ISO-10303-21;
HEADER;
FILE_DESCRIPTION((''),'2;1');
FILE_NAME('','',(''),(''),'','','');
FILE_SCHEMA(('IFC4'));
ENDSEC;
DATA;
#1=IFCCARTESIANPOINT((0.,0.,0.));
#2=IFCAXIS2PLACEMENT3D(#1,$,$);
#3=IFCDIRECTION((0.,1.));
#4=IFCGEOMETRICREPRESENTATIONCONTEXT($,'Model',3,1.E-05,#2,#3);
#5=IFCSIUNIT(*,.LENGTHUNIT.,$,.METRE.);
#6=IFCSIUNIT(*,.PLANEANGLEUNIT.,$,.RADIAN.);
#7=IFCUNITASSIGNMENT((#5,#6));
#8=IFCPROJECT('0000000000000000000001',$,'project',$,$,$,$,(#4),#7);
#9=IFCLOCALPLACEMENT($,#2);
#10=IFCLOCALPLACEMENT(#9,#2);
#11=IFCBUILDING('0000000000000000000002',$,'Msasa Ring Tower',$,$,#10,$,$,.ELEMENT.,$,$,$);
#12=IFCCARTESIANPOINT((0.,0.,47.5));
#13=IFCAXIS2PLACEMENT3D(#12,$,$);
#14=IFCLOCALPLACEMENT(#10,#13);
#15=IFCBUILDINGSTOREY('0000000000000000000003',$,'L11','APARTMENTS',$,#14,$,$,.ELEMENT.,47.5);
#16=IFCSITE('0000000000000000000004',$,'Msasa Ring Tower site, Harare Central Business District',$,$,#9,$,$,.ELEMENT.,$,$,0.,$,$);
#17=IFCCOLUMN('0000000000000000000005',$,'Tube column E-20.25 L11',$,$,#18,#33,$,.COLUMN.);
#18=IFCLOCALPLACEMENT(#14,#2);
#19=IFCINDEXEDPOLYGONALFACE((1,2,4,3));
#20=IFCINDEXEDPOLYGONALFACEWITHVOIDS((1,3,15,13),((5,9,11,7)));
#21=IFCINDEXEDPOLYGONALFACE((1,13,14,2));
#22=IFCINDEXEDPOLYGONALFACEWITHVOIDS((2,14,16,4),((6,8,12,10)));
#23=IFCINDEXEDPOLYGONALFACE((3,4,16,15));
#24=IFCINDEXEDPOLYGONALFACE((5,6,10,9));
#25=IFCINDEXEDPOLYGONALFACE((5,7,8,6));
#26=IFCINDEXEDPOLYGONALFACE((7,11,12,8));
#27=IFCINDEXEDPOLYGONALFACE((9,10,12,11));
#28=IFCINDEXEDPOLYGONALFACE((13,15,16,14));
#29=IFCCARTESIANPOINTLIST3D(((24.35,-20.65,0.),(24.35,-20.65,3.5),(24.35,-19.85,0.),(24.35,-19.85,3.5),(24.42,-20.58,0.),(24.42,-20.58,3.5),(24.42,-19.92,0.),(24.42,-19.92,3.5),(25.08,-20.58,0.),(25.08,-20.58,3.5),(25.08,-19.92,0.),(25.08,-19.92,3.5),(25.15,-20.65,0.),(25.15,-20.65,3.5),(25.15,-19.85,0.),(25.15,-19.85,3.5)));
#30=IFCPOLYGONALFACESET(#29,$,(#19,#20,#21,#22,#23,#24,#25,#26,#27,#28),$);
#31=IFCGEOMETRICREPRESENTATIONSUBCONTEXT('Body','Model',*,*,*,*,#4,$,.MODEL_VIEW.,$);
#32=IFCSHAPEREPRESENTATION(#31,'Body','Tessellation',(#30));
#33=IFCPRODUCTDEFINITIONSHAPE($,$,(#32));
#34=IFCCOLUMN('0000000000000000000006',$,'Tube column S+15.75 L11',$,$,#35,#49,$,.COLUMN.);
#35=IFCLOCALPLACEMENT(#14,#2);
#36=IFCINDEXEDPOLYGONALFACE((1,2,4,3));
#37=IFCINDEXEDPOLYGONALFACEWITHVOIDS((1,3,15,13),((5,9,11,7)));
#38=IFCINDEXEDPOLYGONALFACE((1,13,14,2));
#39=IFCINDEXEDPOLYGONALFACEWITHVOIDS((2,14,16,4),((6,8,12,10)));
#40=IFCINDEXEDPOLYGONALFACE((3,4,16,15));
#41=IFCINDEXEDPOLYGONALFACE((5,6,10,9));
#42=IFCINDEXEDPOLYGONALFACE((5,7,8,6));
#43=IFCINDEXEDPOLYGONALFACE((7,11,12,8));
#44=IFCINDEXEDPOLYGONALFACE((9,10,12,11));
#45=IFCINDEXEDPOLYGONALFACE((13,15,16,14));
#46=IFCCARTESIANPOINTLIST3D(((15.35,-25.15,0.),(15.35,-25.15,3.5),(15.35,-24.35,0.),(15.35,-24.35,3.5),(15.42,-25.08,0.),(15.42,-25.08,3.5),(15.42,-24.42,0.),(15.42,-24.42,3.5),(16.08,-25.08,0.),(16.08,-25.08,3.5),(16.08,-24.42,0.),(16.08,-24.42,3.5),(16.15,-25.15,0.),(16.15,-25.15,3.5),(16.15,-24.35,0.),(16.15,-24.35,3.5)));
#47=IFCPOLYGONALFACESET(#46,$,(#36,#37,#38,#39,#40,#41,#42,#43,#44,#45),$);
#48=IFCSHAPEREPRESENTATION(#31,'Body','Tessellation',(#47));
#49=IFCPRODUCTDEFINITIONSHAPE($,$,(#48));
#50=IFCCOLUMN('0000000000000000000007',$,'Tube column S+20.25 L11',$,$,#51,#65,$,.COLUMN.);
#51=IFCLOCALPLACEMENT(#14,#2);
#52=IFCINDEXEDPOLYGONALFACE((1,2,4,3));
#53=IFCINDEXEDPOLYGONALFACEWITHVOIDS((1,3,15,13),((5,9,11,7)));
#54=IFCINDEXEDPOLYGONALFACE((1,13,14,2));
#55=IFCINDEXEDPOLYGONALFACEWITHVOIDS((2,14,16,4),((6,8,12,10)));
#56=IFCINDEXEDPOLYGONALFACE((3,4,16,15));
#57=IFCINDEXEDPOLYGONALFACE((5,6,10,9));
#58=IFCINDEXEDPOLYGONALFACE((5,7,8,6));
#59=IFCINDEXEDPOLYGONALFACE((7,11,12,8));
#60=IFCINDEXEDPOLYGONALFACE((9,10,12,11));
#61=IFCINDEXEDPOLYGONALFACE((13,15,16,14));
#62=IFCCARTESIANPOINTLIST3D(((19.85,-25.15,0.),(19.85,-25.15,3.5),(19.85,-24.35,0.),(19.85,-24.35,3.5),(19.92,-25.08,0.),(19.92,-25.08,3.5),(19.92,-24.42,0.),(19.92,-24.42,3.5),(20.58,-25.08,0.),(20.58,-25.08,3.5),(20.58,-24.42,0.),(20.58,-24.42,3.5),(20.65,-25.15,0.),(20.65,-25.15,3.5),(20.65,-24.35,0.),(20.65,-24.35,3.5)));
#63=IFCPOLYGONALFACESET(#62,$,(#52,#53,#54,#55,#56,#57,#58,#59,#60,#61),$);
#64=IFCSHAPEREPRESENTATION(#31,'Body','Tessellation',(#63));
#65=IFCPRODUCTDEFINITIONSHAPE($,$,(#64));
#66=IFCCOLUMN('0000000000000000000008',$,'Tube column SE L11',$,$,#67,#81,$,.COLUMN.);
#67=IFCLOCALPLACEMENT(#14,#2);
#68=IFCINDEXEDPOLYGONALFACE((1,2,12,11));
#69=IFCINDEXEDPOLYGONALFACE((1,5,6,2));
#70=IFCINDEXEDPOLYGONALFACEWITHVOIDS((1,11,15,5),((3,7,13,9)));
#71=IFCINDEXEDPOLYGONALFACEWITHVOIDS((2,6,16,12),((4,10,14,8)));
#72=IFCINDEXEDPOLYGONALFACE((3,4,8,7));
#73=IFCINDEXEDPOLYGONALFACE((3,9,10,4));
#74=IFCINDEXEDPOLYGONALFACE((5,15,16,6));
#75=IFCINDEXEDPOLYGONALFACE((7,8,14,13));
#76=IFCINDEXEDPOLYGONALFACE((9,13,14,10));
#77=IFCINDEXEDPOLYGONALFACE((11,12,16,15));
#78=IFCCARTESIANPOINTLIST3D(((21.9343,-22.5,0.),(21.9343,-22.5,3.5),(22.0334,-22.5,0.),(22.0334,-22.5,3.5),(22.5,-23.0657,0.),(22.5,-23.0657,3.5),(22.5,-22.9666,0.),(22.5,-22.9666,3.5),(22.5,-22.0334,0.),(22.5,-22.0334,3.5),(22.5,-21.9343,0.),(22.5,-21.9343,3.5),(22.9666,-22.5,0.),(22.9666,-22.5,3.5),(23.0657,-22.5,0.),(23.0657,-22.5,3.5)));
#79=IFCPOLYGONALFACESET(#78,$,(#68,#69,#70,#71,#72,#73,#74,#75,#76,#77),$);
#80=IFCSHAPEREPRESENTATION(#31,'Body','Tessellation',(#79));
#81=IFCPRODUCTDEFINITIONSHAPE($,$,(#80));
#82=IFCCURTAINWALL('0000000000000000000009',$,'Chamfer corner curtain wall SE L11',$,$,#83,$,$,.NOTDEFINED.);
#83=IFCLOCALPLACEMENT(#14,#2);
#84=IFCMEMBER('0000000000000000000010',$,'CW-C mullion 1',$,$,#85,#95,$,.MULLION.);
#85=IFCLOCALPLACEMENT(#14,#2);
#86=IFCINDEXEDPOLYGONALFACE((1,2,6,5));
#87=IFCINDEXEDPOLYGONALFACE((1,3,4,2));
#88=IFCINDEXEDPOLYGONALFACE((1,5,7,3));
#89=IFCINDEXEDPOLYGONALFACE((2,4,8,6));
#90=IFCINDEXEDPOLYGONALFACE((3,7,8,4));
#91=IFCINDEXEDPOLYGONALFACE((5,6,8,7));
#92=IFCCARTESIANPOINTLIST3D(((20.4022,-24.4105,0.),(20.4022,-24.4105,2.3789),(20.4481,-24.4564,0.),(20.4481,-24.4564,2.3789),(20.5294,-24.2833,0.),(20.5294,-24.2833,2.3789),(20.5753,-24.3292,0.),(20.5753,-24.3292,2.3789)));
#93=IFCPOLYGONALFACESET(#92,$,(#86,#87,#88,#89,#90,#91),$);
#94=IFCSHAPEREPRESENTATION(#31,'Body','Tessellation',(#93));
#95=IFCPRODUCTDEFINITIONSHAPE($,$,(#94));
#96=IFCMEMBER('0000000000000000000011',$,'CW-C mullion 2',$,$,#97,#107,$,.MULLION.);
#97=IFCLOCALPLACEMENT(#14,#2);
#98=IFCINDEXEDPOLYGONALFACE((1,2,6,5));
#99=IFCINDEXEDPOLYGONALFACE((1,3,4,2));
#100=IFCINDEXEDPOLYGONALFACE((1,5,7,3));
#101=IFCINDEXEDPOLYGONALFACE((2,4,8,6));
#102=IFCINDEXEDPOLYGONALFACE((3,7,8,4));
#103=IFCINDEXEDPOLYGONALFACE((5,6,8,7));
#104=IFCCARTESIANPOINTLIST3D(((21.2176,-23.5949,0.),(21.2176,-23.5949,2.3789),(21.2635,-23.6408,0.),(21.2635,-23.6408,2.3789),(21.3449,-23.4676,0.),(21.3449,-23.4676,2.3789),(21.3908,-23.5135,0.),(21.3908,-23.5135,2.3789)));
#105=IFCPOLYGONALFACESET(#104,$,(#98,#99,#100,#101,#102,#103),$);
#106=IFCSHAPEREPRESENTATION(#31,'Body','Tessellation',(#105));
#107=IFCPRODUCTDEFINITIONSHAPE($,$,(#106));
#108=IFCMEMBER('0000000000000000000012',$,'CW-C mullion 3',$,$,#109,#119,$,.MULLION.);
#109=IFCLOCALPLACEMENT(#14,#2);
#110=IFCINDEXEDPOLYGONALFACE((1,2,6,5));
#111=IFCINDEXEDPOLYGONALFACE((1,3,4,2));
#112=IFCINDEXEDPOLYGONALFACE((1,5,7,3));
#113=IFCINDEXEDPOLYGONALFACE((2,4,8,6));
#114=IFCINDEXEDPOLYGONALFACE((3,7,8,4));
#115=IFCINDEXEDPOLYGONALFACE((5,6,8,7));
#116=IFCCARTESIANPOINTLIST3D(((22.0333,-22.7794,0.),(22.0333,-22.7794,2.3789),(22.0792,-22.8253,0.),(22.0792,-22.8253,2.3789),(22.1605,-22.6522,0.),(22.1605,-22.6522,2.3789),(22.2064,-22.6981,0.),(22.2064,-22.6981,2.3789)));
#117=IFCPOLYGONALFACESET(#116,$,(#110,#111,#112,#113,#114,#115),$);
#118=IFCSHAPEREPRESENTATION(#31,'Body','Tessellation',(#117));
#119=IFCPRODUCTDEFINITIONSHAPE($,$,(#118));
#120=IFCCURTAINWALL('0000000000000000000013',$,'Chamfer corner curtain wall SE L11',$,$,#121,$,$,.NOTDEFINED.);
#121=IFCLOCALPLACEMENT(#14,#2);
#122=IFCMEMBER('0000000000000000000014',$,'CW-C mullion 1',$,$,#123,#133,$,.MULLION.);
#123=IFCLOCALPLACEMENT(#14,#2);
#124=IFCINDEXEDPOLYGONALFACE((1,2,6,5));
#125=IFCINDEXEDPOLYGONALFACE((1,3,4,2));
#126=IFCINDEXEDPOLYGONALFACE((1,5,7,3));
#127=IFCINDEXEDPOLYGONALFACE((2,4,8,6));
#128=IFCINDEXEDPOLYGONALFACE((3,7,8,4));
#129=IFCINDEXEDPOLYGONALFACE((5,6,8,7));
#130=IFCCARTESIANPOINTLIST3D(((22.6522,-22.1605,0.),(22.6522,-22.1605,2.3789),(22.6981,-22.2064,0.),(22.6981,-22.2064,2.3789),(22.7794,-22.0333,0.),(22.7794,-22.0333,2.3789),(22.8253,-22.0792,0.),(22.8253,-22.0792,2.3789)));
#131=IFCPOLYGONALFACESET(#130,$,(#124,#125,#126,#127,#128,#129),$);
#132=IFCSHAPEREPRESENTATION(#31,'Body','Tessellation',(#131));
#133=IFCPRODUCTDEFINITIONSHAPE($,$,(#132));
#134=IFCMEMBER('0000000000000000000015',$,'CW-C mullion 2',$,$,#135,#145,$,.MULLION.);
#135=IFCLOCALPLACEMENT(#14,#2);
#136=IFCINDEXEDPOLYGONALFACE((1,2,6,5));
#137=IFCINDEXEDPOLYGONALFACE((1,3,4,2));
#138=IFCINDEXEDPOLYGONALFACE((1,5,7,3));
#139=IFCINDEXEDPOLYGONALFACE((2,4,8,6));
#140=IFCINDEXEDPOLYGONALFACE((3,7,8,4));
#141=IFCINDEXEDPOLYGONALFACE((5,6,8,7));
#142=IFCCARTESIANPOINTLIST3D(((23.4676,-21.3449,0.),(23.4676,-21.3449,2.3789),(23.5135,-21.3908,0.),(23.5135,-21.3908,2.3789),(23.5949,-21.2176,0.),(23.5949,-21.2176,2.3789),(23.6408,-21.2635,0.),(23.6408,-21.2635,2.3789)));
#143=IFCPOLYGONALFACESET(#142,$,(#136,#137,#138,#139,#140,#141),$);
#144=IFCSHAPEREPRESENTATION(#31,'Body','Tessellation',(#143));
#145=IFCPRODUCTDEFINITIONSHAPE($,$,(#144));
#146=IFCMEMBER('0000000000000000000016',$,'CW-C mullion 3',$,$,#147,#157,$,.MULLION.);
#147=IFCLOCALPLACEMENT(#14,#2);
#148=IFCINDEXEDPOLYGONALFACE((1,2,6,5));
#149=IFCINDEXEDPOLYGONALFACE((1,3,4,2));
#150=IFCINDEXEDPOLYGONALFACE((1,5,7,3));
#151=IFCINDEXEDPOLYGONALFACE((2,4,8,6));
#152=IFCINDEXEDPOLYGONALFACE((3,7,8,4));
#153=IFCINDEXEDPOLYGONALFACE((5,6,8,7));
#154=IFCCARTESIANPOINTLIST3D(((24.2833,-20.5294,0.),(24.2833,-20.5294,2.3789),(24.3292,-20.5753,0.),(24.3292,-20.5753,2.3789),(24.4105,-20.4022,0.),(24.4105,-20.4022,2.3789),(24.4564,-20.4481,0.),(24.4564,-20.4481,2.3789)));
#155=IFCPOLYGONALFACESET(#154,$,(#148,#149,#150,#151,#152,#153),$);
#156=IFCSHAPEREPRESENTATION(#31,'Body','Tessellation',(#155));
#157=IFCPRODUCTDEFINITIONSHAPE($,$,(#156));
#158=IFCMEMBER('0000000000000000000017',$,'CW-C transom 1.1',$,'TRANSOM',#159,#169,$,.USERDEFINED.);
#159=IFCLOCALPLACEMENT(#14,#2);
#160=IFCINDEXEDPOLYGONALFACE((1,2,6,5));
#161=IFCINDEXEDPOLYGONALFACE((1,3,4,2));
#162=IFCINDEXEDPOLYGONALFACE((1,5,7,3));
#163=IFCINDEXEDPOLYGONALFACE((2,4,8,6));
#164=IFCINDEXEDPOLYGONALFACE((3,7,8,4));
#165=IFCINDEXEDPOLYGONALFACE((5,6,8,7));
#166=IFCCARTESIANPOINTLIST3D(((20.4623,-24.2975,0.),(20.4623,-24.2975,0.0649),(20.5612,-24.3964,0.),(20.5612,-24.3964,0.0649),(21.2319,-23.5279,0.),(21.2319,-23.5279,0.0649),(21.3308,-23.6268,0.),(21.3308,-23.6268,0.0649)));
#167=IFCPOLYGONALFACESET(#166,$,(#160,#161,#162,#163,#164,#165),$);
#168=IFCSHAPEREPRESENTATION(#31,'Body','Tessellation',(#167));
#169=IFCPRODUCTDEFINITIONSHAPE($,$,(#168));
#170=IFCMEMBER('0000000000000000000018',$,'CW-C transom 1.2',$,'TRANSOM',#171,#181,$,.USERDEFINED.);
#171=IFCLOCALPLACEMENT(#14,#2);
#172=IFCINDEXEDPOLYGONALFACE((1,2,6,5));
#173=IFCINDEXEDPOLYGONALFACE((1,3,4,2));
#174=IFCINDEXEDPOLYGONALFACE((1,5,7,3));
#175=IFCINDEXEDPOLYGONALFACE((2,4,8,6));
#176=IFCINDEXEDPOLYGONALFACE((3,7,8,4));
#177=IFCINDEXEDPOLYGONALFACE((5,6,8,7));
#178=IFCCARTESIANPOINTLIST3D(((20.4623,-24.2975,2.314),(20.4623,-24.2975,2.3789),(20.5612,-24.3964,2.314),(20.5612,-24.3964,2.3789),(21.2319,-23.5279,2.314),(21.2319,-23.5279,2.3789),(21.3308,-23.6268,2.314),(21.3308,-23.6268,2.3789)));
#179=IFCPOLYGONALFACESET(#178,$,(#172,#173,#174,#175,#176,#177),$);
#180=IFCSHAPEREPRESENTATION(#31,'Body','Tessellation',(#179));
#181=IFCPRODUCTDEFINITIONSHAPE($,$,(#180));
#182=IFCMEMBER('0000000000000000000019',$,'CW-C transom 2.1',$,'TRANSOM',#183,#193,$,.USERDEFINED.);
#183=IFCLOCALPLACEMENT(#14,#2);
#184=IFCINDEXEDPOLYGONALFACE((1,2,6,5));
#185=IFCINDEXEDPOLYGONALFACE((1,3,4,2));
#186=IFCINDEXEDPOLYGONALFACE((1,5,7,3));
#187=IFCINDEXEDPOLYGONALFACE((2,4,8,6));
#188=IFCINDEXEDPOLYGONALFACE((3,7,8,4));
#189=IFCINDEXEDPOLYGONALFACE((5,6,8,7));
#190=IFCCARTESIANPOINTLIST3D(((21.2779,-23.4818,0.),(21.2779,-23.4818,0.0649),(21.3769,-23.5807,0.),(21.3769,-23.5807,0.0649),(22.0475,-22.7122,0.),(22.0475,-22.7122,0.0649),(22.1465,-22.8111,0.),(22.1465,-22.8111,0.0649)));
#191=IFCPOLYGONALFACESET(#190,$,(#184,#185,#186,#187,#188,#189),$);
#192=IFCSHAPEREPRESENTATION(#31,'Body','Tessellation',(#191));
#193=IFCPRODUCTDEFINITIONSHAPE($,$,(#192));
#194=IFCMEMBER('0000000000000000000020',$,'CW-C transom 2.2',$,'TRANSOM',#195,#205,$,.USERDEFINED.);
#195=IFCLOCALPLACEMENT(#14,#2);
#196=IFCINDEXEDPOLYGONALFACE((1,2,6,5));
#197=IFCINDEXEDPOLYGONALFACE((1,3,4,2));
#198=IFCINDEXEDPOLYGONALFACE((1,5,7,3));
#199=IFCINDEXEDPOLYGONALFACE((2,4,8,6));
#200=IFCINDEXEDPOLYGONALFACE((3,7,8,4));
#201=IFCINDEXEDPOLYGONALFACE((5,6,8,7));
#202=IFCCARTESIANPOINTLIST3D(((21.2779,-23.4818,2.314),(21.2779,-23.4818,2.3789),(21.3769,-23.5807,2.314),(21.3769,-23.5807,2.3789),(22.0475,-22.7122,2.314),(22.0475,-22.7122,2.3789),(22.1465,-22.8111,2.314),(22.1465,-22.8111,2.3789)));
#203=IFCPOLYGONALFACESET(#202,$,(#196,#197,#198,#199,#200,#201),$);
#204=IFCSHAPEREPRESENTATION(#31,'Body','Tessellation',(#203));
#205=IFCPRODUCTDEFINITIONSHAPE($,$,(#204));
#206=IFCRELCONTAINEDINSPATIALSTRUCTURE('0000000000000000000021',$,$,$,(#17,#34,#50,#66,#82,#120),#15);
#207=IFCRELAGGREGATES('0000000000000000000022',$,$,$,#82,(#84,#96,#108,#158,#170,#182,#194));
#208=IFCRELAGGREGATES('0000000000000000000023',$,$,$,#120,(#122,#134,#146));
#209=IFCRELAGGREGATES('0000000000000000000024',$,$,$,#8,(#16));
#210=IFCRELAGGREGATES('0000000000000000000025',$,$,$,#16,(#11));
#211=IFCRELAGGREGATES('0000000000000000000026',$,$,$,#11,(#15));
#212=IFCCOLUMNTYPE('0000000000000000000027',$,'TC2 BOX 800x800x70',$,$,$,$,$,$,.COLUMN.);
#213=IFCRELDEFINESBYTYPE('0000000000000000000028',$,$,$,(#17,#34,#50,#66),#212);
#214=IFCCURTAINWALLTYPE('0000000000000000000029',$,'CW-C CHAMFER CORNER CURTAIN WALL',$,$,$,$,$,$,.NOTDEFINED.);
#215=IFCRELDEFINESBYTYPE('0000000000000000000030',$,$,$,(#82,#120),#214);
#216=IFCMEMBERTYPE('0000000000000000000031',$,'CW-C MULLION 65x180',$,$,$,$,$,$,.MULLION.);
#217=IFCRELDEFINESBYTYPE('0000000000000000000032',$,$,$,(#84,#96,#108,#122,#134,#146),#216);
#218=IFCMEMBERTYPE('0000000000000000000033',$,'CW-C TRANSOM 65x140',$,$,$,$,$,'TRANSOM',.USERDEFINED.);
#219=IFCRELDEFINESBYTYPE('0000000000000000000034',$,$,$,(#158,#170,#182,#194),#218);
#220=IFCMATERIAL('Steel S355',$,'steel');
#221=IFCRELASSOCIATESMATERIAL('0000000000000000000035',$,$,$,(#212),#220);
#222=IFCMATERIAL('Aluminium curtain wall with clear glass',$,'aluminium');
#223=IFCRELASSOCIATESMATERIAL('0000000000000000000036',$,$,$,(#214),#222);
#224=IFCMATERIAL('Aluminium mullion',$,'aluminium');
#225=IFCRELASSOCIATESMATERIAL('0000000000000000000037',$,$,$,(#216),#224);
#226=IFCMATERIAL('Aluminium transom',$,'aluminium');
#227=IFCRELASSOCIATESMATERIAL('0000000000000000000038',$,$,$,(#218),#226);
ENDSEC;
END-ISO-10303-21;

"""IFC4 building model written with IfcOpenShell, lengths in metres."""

from ifc_helpers import new_model, si_unit, direction, frame, origin, origin_2d, place, context, subcontext, project, spatial, rectangle, hollow_rectangle, extrude, material, material_profile, profile_set, type_object, element, aggregate, save


model = new_model("IFC4")

# Units and contexts
model_context = context("Model", 3, precision=1e-05, world=origin(), true_north=direction((0.0, 1.0)))
body_context = subcontext(model_context, "Body", "Model", "MODEL_VIEW")
ifc_project = project(units=[si_unit("LENGTHUNIT", "METRE"), si_unit("PLANEANGLEUNIT", "RADIAN")], contexts=[model_context])

# Site, building, storey
site_placement = place(None, origin())
site = spatial("IfcSite", under=ifc_project, at=site_placement, Name="Msasa Ring Tower site, Harare Central Business District", CompositionType="ELEMENT", RefElevation=0.0)
building_placement = place(site_placement, origin())
building = spatial("IfcBuilding", under=site, at=building_placement, Name="Msasa Ring Tower", CompositionType="ELEMENT")
storey_placement = place(building_placement, frame((0.0, 0.0, 47.5)))
storey = spatial("IfcBuildingStorey", under=building, at=storey_placement, Name="L11", Description="APARTMENTS", CompositionType="ELEMENT", Elevation=47.5)

# Columns
ifc_material_1 = material(Name="Steel S355", Category="steel")
ifc_material_profile_1 = material_profile(ifc_material_1, hollow_rectangle(XDim=0.8, YDim=0.8, WallThickness=0.0701, at=origin_2d()), Name="BOX 800x800x70")
ifc_profile_set_1 = profile_set([ifc_material_profile_1], Name="Steel S355")
column_type = type_object("IfcColumnType", Name="TC2 BOX 800x800x70", PredefinedType="COLUMN", material=ifc_profile_set_1)
for number, where, z_axis, x_axis, name in (
    (1, (24.75, -20.25, 0.0), (0.0, 0.0, 1.0), (1.0, 0.0, 0.0), "Tube column E-20.25 L11"),
    (2, (15.75, -24.75, 0.0), (0.0, 0.0, 1.0), (0.0, 1.0, 0.0), "Tube column S+15.75 L11"),
    (3, (20.25, -24.75, 0.0), (0.0, 0.0, 1.0), (0.0, 1.0, 0.0), "Tube column S+20.25 L11"),
    (4, (22.5, -22.5, 0.0), (0.0, 0.0, 1.0), (0.707107, -0.707107, 0.0), "Tube column SE L11"),
):
    element("IfcColumn", number, at=place(storey_placement, frame(where, z_axis=z_axis, x_axis=x_axis)), inside=storey, type_object=column_type, Name=name, PredefinedType="COLUMN", context=body_context, shape_type="SweptSolid", body=[
        extrude(hollow_rectangle(XDim=0.8, YDim=0.8, WallThickness=0.0701, at=origin_2d()), origin(), (0.0, 0.0, 1.0), 3.5),
    ])

# Curtain walls, members
ifc_material_2 = material(Name="Aluminium curtain wall with clear glass", Category="aluminium")
curtain_wall_type = type_object("IfcCurtainWallType", Name="CW-C CHAMFER CORNER CURTAIN WALL", PredefinedType="NOTDEFINED", material=ifc_material_2)
curtain_wall_1_placement = place(storey_placement, origin())
curtain_wall_1 = element("IfcCurtainWall", 5, at=curtain_wall_1_placement, inside=storey, type_object=curtain_wall_type, Name="Chamfer corner curtain wall SE L11", PredefinedType="NOTDEFINED")
ifc_material_3 = material(Name="Aluminium mullion", Category="aluminium")
ifc_material_profile_2 = material_profile(ifc_material_3, rectangle(XDim=0.0649, YDim=0.1799, at=origin_2d()), Name="AL 65x180")
ifc_profile_set_2 = profile_set([ifc_material_profile_2], Name="Aluminium mullion")
member_type_1 = type_object("IfcMemberType", Name="CW-C MULLION 65x180", PredefinedType="MULLION", material=ifc_profile_set_2)
member_1_placement = place(storey_placement, frame((20.4888, -24.3699, 0.0), z_axis=(0.0, 0.0, 1.0), x_axis=(-0.707107, 0.707107, 0.0)))
member_1 = element("IfcMember", 6, at=member_1_placement, type_object=member_type_1, Name="CW-C mullion 1", PredefinedType="MULLION", context=body_context, shape_type="SweptSolid", body=[
    extrude(rectangle(XDim=0.0649, YDim=0.1799, at=origin_2d()), origin(), (0.0, 0.0, 1.0), 2.3789),
])
member_2_placement = place(storey_placement, frame((21.3042, -23.5542, 0.0), z_axis=(0.0, 0.0, 1.0), x_axis=(-0.707107, 0.707107, 0.0)))
member_2 = element("IfcMember", 7, at=member_2_placement, type_object=member_type_1, Name="CW-C mullion 2", PredefinedType="MULLION", context=body_context, shape_type="SweptSolid", body=[
    extrude(rectangle(XDim=0.0649, YDim=0.1799, at=origin_2d()), origin(), (0.0, 0.0, 1.0), 2.3789),
])
member_3_placement = place(storey_placement, frame((22.1199, -22.7388, 0.0), z_axis=(0.0, 0.0, 1.0), x_axis=(-0.707107, 0.707107, 0.0)))
member_3 = element("IfcMember", 8, at=member_3_placement, type_object=member_type_1, Name="CW-C mullion 3", PredefinedType="MULLION", context=body_context, shape_type="SweptSolid", body=[
    extrude(rectangle(XDim=0.0649, YDim=0.1799, at=origin_2d()), origin(), (0.0, 0.0, 1.0), 2.3789),
])
curtain_wall_2_placement = place(storey_placement, origin())
curtain_wall_2 = element("IfcCurtainWall", 9, at=curtain_wall_2_placement, inside=storey, type_object=curtain_wall_type, Name="Chamfer corner curtain wall SE L11", PredefinedType="NOTDEFINED")
member_4_placement = place(storey_placement, frame((22.7388, -22.1199, 0.0), z_axis=(0.0, 0.0, 1.0), x_axis=(-0.707107, 0.707107, 0.0)))
member_4 = element("IfcMember", 10, at=member_4_placement, type_object=member_type_1, Name="CW-C mullion 1", PredefinedType="MULLION", context=body_context, shape_type="SweptSolid", body=[
    extrude(rectangle(XDim=0.0649, YDim=0.1799, at=origin_2d()), origin(), (0.0, 0.0, 1.0), 2.3789),
])
member_5_placement = place(storey_placement, frame((23.5542, -21.3042, 0.0), z_axis=(0.0, 0.0, 1.0), x_axis=(-0.707107, 0.707107, 0.0)))
member_5 = element("IfcMember", 11, at=member_5_placement, type_object=member_type_1, Name="CW-C mullion 2", PredefinedType="MULLION", context=body_context, shape_type="SweptSolid", body=[
    extrude(rectangle(XDim=0.0649, YDim=0.1799, at=origin_2d()), origin(), (0.0, 0.0, 1.0), 2.3789),
])
member_6_placement = place(storey_placement, frame((24.3699, -20.4888, 0.0), z_axis=(0.0, 0.0, 1.0), x_axis=(-0.707107, 0.707107, 0.0)))
member_6 = element("IfcMember", 12, at=member_6_placement, type_object=member_type_1, Name="CW-C mullion 3", PredefinedType="MULLION", context=body_context, shape_type="SweptSolid", body=[
    extrude(rectangle(XDim=0.0649, YDim=0.1799, at=origin_2d()), origin(), (0.0, 0.0, 1.0), 2.3789),
])

# Members
ifc_material_4 = material(Name="Aluminium transom", Category="aluminium")
ifc_material_profile_3 = material_profile(ifc_material_4, rectangle(XDim=0.1399, YDim=0.0649, at=origin_2d()), Name="AL 65x140")
ifc_profile_set_3 = profile_set([ifc_material_profile_3], Name="Aluminium transom")
member_type_2 = type_object("IfcMemberType", Name="CW-C TRANSOM 65x140", ElementType="TRANSOM", PredefinedType="USERDEFINED", material=ifc_profile_set_3)
member_7_placement = place(storey_placement, frame((20.5117, -24.3469, 0.0325), z_axis=(0.707107, 0.707107, 0.0), x_axis=(-0.707107, 0.707107, 0.0)))
member_7 = element("IfcMember", 13, at=member_7_placement, type_object=member_type_2, Name="CW-C transom 1.1", ObjectType="TRANSOM", PredefinedType="USERDEFINED", context=body_context, shape_type="SweptSolid", body=[
    extrude(rectangle(XDim=0.1399, YDim=0.0649, at=origin_2d()), origin(), (0.0, 0.0, 1.0), 1.0884),
])
member_8_placement = place(storey_placement, frame((20.5117, -24.3469, 2.3464), z_axis=(0.707107, 0.707107, 0.0), x_axis=(-0.707107, 0.707107, 0.0)))
member_8 = element("IfcMember", 14, at=member_8_placement, type_object=member_type_2, Name="CW-C transom 1.2", ObjectType="TRANSOM", PredefinedType="USERDEFINED", context=body_context, shape_type="SweptSolid", body=[
    extrude(rectangle(XDim=0.1399, YDim=0.0649, at=origin_2d()), origin(), (0.0, 0.0, 1.0), 1.0884),
])
member_9_placement = place(storey_placement, frame((21.3274, -23.5312, 0.0325), z_axis=(0.707107, 0.707107, 0.0), x_axis=(-0.707107, 0.707107, 0.0)))
member_9 = element("IfcMember", 15, at=member_9_placement, type_object=member_type_2, Name="CW-C transom 2.1", ObjectType="TRANSOM", PredefinedType="USERDEFINED", context=body_context, shape_type="SweptSolid", body=[
    extrude(rectangle(XDim=0.1399, YDim=0.0649, at=origin_2d()), origin(), (0.0, 0.0, 1.0), 1.0884),
])
member_10_placement = place(storey_placement, frame((21.3274, -23.5312, 2.3464), z_axis=(0.707107, 0.707107, 0.0), x_axis=(-0.707107, 0.707107, 0.0)))
member_10 = element("IfcMember", 16, at=member_10_placement, type_object=member_type_2, Name="CW-C transom 2.2", ObjectType="TRANSOM", PredefinedType="USERDEFINED", context=body_context, shape_type="SweptSolid", body=[
    extrude(rectangle(XDim=0.1399, YDim=0.0649, at=origin_2d()), origin(), (0.0, 0.0, 1.0), 1.0884),
])

aggregate(curtain_wall_1, [member_1, member_2, member_3, member_7, member_8, member_9, member_10])
aggregate(curtain_wall_2, [member_4, member_5, member_6])

save(model, "model.ifc")
